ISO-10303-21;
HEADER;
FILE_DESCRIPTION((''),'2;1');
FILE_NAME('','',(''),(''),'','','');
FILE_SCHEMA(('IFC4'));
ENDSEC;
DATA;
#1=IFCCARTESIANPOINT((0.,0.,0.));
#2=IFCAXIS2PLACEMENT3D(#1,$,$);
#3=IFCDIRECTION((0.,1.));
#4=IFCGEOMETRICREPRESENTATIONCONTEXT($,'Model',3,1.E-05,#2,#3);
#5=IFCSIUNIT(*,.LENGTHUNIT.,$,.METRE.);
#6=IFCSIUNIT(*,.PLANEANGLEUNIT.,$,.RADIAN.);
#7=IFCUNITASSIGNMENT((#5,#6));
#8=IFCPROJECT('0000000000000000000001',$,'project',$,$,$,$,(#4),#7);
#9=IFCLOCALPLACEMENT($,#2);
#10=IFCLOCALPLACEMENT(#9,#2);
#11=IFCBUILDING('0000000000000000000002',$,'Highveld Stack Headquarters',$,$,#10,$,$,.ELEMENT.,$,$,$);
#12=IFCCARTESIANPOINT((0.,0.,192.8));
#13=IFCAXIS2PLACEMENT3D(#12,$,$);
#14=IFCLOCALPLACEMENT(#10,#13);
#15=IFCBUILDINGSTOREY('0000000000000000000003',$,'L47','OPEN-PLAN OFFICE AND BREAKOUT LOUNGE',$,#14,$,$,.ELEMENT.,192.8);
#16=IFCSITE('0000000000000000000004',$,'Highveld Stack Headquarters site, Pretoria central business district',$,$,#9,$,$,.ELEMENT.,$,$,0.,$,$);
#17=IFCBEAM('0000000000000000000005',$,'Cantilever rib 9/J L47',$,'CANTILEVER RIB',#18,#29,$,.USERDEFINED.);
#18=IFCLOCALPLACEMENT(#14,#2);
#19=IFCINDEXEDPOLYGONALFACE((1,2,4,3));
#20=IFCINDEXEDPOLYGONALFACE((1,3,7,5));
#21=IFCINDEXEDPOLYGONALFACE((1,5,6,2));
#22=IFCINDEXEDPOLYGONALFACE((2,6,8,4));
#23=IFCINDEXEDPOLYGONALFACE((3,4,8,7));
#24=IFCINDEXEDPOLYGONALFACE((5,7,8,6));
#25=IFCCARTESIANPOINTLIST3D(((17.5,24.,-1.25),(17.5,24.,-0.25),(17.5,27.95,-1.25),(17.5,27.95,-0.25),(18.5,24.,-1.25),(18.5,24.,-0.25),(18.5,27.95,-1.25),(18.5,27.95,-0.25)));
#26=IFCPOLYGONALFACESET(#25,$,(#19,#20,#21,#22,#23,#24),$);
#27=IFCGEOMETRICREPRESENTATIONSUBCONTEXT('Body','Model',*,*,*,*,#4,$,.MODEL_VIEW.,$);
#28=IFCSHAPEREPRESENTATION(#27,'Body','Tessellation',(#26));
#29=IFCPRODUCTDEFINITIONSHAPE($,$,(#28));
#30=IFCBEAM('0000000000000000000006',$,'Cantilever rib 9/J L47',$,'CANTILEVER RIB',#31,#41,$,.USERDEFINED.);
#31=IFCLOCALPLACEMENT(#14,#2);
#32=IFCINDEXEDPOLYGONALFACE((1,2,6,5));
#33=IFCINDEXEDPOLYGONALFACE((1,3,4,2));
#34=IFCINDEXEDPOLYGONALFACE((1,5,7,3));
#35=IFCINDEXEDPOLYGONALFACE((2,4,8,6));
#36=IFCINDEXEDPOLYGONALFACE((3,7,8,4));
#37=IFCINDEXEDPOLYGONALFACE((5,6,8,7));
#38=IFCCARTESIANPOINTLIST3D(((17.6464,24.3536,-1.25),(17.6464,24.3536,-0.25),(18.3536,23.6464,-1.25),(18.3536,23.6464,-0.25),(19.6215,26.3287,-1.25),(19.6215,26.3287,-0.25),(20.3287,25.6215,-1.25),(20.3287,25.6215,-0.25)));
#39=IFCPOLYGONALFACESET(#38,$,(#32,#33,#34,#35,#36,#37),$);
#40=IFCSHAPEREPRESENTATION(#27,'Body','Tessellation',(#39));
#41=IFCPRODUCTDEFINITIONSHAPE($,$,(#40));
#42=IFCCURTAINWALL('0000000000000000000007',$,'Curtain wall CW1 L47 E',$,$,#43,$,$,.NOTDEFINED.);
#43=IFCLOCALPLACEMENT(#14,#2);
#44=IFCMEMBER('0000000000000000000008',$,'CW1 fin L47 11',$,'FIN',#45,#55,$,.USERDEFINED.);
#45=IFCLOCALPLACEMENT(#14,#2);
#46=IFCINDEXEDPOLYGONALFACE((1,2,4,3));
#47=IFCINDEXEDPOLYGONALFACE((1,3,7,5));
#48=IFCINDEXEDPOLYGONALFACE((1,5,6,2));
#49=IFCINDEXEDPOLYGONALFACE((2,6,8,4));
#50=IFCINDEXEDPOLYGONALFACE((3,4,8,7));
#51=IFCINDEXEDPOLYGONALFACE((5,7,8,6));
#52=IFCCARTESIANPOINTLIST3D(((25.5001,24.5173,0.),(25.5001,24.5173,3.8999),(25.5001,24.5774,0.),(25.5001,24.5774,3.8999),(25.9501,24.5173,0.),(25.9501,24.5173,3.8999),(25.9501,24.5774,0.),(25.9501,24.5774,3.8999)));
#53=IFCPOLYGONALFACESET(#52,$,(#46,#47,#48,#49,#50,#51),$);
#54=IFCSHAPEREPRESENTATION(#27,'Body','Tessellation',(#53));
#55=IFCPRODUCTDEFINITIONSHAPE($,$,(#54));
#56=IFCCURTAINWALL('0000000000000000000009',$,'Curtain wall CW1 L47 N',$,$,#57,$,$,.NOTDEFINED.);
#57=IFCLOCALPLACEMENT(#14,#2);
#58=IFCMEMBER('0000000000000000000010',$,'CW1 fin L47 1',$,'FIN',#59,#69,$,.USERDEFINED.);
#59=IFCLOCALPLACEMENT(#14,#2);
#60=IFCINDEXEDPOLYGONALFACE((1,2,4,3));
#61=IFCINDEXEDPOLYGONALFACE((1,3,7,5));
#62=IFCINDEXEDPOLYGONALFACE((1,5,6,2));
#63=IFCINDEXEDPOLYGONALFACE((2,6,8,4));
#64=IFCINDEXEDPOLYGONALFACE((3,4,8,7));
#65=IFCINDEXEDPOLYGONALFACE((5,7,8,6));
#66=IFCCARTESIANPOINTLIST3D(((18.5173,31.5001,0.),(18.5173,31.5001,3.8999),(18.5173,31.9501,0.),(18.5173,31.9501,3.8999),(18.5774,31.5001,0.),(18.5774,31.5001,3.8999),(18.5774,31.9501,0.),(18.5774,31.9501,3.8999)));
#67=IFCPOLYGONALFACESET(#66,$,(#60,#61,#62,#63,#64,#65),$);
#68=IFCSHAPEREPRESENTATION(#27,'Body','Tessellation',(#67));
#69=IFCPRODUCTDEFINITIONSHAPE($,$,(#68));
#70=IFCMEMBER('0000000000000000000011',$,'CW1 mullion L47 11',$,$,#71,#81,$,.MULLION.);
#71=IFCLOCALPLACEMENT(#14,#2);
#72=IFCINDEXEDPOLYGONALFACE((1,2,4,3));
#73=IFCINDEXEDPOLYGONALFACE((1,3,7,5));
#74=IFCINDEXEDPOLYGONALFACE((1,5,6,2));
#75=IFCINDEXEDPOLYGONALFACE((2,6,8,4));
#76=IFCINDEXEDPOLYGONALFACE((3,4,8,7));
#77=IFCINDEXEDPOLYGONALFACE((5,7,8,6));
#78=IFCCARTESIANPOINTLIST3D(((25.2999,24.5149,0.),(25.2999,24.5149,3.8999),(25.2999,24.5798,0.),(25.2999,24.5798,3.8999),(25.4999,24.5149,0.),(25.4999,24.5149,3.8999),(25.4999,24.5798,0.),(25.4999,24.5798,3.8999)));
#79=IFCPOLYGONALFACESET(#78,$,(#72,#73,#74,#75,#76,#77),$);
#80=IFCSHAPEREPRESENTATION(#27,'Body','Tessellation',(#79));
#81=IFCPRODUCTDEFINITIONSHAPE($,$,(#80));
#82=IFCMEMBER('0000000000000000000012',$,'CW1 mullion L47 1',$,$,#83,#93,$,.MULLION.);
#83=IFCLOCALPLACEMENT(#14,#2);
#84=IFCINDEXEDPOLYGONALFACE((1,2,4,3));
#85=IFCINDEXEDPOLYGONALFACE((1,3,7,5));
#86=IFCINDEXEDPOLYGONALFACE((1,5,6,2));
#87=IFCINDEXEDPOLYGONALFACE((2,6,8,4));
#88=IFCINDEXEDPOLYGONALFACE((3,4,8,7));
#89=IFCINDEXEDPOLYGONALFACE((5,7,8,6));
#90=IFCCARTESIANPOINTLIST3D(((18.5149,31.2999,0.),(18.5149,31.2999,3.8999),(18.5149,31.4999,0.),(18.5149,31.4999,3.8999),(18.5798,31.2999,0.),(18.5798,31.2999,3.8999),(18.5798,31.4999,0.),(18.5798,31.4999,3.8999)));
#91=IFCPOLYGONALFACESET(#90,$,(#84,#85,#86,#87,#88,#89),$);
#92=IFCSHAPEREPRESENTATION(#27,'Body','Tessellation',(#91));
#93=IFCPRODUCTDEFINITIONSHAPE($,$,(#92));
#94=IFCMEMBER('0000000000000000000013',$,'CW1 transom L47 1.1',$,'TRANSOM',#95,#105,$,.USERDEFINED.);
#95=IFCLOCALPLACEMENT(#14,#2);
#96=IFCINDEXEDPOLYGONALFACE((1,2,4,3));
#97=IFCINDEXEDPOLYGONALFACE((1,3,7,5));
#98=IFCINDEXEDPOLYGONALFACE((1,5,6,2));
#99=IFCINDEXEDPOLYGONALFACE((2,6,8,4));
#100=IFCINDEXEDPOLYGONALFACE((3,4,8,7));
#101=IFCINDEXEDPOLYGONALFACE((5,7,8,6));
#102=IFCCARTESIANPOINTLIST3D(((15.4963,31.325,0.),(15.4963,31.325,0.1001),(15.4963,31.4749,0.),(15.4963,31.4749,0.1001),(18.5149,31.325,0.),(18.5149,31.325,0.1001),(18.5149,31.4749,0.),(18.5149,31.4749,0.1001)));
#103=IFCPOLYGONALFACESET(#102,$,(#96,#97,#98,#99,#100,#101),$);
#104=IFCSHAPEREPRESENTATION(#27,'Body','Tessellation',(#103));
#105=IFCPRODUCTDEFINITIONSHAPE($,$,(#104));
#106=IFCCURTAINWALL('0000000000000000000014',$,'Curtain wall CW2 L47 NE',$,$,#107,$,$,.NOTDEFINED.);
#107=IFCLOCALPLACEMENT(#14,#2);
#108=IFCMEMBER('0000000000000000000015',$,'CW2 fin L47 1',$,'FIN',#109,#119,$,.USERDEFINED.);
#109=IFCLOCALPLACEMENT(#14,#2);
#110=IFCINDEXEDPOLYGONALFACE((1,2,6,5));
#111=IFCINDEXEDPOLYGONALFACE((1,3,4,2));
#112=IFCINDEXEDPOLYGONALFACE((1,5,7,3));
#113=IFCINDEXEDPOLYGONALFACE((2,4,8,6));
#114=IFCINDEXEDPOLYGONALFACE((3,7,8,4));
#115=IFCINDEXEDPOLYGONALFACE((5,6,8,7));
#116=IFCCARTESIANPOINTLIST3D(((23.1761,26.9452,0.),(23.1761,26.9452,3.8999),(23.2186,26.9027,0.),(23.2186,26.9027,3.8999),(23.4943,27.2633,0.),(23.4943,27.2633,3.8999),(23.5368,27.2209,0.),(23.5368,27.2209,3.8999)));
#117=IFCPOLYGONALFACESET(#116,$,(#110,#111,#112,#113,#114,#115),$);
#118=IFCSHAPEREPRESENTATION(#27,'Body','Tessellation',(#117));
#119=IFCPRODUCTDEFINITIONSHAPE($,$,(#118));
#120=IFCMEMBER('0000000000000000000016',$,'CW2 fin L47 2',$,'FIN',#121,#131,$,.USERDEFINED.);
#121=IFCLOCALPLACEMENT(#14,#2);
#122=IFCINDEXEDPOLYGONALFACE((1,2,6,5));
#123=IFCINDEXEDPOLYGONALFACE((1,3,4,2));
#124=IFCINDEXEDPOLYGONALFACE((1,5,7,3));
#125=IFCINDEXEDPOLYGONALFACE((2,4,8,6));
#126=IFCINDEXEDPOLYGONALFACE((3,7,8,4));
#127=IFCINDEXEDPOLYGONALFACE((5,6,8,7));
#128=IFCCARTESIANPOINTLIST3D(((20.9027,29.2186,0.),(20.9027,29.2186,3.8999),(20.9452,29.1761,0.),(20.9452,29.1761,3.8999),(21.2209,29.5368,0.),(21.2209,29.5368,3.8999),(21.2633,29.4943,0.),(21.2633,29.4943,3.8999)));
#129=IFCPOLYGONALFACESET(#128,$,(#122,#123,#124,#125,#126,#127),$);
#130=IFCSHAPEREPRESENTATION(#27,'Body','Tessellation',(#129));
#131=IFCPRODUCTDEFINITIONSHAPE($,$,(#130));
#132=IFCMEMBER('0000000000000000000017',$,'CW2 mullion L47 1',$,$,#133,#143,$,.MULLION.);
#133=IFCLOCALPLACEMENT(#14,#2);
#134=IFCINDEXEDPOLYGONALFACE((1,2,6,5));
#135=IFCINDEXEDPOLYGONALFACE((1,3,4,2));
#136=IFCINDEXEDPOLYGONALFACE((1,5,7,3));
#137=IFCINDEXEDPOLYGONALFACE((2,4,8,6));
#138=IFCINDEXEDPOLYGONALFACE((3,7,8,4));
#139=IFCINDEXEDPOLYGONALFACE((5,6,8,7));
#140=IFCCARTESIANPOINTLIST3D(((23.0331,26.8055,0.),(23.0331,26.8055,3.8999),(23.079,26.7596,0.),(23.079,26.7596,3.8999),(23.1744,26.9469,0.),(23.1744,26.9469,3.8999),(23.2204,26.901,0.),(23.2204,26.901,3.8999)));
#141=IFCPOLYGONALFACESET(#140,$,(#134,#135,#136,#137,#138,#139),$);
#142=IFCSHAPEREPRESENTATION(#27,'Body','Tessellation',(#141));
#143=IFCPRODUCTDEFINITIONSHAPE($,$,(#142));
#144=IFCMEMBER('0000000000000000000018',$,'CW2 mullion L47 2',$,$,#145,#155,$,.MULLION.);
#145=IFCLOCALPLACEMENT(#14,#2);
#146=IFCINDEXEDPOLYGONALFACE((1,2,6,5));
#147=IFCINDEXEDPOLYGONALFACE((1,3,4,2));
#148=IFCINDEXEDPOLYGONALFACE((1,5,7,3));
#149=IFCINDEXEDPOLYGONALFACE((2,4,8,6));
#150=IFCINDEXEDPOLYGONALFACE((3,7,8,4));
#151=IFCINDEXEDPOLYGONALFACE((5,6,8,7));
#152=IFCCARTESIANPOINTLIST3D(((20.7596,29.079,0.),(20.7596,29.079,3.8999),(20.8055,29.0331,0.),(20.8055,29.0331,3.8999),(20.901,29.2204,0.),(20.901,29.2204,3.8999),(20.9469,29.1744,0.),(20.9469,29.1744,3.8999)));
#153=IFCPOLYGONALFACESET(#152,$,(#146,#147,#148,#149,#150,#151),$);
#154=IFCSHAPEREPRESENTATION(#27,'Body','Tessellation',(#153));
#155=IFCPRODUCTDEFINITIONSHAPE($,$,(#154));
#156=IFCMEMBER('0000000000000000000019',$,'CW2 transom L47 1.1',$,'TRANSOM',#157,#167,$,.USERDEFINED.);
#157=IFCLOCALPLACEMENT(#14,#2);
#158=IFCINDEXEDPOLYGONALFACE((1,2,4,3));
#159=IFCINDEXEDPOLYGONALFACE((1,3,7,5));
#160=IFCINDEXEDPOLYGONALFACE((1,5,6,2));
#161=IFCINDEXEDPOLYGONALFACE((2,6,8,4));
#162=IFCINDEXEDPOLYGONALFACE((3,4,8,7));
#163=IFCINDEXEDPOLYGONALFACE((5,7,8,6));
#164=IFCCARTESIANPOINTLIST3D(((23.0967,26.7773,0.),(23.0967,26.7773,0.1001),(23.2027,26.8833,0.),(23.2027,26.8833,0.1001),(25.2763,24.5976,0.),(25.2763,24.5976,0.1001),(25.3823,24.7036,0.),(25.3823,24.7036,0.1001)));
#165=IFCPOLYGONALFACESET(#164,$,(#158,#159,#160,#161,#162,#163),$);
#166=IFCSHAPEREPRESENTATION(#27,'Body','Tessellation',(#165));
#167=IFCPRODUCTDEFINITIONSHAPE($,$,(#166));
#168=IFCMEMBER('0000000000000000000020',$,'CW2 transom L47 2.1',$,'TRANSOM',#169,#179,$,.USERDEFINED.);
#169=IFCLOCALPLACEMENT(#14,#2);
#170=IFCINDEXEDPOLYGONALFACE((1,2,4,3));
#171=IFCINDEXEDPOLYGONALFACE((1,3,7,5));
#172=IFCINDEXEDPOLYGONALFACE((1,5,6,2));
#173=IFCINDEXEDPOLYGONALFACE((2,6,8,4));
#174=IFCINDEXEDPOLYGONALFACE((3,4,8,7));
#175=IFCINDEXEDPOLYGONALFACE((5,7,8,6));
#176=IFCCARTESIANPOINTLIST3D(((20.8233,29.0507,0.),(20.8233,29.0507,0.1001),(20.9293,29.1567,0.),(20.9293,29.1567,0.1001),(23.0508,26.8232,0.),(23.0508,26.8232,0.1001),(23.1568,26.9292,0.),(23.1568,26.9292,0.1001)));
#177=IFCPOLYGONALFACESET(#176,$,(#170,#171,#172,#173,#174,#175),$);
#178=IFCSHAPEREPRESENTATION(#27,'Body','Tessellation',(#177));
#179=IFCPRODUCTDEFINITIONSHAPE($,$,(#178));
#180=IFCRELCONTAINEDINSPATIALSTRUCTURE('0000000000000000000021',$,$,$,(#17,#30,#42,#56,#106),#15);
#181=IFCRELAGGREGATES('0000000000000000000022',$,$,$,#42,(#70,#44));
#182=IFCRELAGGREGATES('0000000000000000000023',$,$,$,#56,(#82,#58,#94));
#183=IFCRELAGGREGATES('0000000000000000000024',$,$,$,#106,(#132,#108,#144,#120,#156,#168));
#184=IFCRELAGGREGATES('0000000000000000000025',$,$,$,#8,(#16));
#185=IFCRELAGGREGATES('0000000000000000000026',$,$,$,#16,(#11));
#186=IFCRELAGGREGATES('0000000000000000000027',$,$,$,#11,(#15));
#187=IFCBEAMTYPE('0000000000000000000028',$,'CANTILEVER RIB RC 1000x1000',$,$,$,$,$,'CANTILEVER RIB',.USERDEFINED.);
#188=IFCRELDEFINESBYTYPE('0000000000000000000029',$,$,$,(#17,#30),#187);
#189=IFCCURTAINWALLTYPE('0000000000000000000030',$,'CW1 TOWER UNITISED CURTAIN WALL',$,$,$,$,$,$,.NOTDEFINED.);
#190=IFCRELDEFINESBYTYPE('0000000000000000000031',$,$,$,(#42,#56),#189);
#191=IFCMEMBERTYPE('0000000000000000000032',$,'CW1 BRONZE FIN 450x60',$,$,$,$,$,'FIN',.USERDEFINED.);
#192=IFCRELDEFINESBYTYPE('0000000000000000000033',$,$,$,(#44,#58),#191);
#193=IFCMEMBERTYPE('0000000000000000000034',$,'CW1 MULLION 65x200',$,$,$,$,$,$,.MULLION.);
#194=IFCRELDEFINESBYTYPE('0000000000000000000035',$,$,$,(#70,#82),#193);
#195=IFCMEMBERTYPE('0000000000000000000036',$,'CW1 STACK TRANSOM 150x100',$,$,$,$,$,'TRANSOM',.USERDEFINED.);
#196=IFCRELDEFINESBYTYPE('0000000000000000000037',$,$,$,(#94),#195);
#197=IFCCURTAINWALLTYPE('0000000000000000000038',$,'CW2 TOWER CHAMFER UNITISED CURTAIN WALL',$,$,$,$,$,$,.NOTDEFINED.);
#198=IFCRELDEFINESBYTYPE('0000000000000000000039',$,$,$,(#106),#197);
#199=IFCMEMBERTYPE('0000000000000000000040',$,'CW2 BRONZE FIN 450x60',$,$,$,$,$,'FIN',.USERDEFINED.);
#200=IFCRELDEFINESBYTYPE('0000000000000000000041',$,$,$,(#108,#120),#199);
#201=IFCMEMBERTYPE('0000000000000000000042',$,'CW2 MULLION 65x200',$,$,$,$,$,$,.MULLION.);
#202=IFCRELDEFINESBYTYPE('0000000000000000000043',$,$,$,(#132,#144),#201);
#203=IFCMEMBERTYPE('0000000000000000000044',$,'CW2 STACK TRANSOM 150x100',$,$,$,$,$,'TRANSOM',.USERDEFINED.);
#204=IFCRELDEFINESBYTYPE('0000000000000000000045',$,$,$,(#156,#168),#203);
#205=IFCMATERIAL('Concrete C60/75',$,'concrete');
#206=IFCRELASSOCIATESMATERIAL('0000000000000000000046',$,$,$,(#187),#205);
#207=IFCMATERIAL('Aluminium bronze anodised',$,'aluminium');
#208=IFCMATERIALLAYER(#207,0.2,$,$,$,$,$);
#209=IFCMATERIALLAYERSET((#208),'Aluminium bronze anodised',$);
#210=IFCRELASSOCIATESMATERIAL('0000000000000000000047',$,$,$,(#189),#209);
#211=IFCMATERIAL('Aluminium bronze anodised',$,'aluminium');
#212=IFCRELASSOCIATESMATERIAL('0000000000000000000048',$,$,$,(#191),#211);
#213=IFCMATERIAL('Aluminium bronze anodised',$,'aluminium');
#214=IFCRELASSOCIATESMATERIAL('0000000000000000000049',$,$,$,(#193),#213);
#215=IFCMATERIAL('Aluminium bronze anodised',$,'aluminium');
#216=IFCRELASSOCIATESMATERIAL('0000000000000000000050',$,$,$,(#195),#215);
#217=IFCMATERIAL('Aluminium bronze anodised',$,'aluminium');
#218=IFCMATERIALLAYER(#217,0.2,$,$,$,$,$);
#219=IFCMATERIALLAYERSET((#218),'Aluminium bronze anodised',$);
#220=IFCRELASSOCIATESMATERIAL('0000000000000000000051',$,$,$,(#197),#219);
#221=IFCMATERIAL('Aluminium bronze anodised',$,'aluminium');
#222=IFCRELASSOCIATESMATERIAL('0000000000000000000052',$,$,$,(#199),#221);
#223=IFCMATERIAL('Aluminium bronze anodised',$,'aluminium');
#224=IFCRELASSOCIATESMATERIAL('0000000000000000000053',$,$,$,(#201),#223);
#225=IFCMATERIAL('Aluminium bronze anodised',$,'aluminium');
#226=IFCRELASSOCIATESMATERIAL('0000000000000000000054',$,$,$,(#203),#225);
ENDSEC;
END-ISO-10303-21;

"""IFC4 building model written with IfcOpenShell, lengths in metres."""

from ifc_helpers import new_model, si_unit, direction, frame, origin, origin_2d, place, context, subcontext, project, spatial, rectangle, extrude, material, layer, layer_set, material_profile, profile_set, type_object, element, aggregate, save


model = new_model("IFC4")

# Units and contexts
model_context = context("Model", 3, precision=1e-05, world=origin(), true_north=direction((0.0, 1.0)))
body_context = subcontext(model_context, "Body", "Model", "MODEL_VIEW")
ifc_project = project(units=[si_unit("LENGTHUNIT", "METRE"), si_unit("PLANEANGLEUNIT", "RADIAN")], contexts=[model_context])

# Site, building, storey
site_placement = place(None, origin())
site = spatial("IfcSite", under=ifc_project, at=site_placement, Name="Highveld Stack Headquarters site, Pretoria central business district", CompositionType="ELEMENT", RefElevation=0.0)
building_placement = place(site_placement, origin())
building = spatial("IfcBuilding", under=site, at=building_placement, Name="Highveld Stack Headquarters", CompositionType="ELEMENT")
storey_placement = place(building_placement, frame((0.0, 0.0, 192.8)))
storey = spatial("IfcBuildingStorey", under=building, at=storey_placement, Name="L47", Description="OPEN-PLAN OFFICE AND BREAKOUT LOUNGE", CompositionType="ELEMENT", Elevation=192.8)

# Beams
ifc_material_1 = material(Name="Concrete C60/75", Category="concrete")
ifc_material_profile_1 = material_profile(ifc_material_1, rectangle(XDim=1.0, YDim=1.0, at=origin_2d()), Name="RC 1000x1000")
ifc_profile_set_1 = profile_set([ifc_material_profile_1], Name="Concrete C60/75")
beam_type_1 = type_object("IfcBeamType", Name="CANTILEVER RIB RC 1000x1000", ElementType="CANTILEVER RIB", PredefinedType="USERDEFINED", material=ifc_profile_set_1)
beam_1_placement = place(storey_placement, frame((18.0, 24.0, -0.75), z_axis=(0.0, 1.0, 0.0), x_axis=(-1.0, 0.0, 0.0)))
element("IfcBeam", 1, at=beam_1_placement, inside=storey, type_object=beam_type_1, Name="Cantilever rib 9/J L47", ObjectType="CANTILEVER RIB", PredefinedType="USERDEFINED", context=body_context, shape_type="SweptSolid", body=[
    extrude(rectangle(XDim=1.0, YDim=1.0, at=origin_2d()), origin(), (0.0, 0.0, 1.0), 3.95),
])
beam_2_placement = place(storey_placement, frame((18.0, 24.0, -0.75), z_axis=(0.707107, 0.707107, 0.0), x_axis=(-0.707107, 0.707107, 0.0)))
element("IfcBeam", 2, at=beam_2_placement, inside=storey, type_object=beam_type_1, Name="Cantilever rib 9/J L47", ObjectType="CANTILEVER RIB", PredefinedType="USERDEFINED", context=body_context, shape_type="SweptSolid", body=[
    extrude(rectangle(XDim=1.0, YDim=1.0, at=origin_2d()), origin(), (0.0, 0.0, 1.0), 2.7932),
])

# Curtain walls, members
ifc_material_2 = material(Name="Aluminium bronze anodised", Category="aluminium")
ifc_layer_1 = layer(ifc_material_2, 0.2)
ifc_layer_set_1 = layer_set([ifc_layer_1], Name="Aluminium bronze anodised")
curtain_wall_type_1 = type_object("IfcCurtainWallType", Name="CW1 TOWER UNITISED CURTAIN WALL", PredefinedType="NOTDEFINED", material=ifc_layer_set_1)
curtain_wall_1_placement = place(storey_placement, origin())
curtain_wall_1 = element("IfcCurtainWall", 3, at=curtain_wall_1_placement, inside=storey, type_object=curtain_wall_type_1, Name="Curtain wall CW1 L47 E", PredefinedType="NOTDEFINED")
ifc_material_3 = material(Name="Aluminium bronze anodised", Category="aluminium")
ifc_material_profile_2 = material_profile(ifc_material_3, rectangle(XDim=0.45, YDim=0.0601, at=origin_2d()), Name="FIN 450x60")
ifc_profile_set_2 = profile_set([ifc_material_profile_2], Name="Aluminium bronze anodised")
member_type_1 = type_object("IfcMemberType", Name="CW1 BRONZE FIN 450x60", ElementType="FIN", PredefinedType="USERDEFINED", material=ifc_profile_set_2)
member_1_placement = place(storey_placement, frame((25.7251, 24.5474, 0.0), z_axis=(0.0, 0.0, 1.0), x_axis=(-1.0, 0.0, 0.0)))
member_1 = element("IfcMember", 4, at=member_1_placement, type_object=member_type_1, Name="CW1 fin L47 11", ObjectType="FIN", PredefinedType="USERDEFINED", context=body_context, shape_type="SweptSolid", body=[
    extrude(rectangle(XDim=0.45, YDim=0.0601, at=origin_2d()), origin(), (0.0, 0.0, 1.0), 3.8999),
])
curtain_wall_2_placement = place(storey_placement, origin())
curtain_wall_2 = element("IfcCurtainWall", 5, at=curtain_wall_2_placement, inside=storey, type_object=curtain_wall_type_1, Name="Curtain wall CW1 L47 N", PredefinedType="NOTDEFINED")
member_2_placement = place(storey_placement, frame((18.5474, 31.7251, 0.0), z_axis=(0.0, 0.0, 1.0), x_axis=(0.0, -1.0, 0.0)))
member_2 = element("IfcMember", 6, at=member_2_placement, type_object=member_type_1, Name="CW1 fin L47 1", ObjectType="FIN", PredefinedType="USERDEFINED", context=body_context, shape_type="SweptSolid", body=[
    extrude(rectangle(XDim=0.45, YDim=0.0601, at=origin_2d()), origin(), (0.0, 0.0, 1.0), 3.8999),
])

# Members
ifc_material_4 = material(Name="Aluminium bronze anodised", Category="aluminium")
ifc_material_profile_3 = material_profile(ifc_material_4, rectangle(XDim=0.2, YDim=0.0649, at=origin_2d()), Name="CW1 MULLION 65x200")
ifc_profile_set_3 = profile_set([ifc_material_profile_3], Name="Aluminium bronze anodised")
member_type_2 = type_object("IfcMemberType", Name="CW1 MULLION 65x200", PredefinedType="MULLION", material=ifc_profile_set_3)
member_3_placement = place(storey_placement, frame((25.3999, 24.5474, 0.0), z_axis=(0.0, 0.0, 1.0), x_axis=(-1.0, 0.0, 0.0)))
member_3 = element("IfcMember", 7, at=member_3_placement, type_object=member_type_2, Name="CW1 mullion L47 11", PredefinedType="MULLION", context=body_context, shape_type="SweptSolid", body=[
    extrude(rectangle(XDim=0.2, YDim=0.0649, at=origin_2d()), origin(), (0.0, 0.0, 1.0), 3.8999),
])
aggregate(curtain_wall_1, [member_3, member_1])
member_4_placement = place(storey_placement, frame((18.5474, 31.3999, 0.0), z_axis=(0.0, 0.0, 1.0), x_axis=(0.0, -1.0, 0.0)))
member_4 = element("IfcMember", 8, at=member_4_placement, type_object=member_type_2, Name="CW1 mullion L47 1", PredefinedType="MULLION", context=body_context, shape_type="SweptSolid", body=[
    extrude(rectangle(XDim=0.2, YDim=0.0649, at=origin_2d()), origin(), (0.0, 0.0, 1.0), 3.8999),
])
ifc_material_5 = material(Name="Aluminium bronze anodised", Category="aluminium")
ifc_material_profile_4 = material_profile(ifc_material_5, rectangle(XDim=0.1499, YDim=0.1001, at=origin_2d()), Name="CW1 TRANSOM 150x100")
ifc_profile_set_4 = profile_set([ifc_material_profile_4], Name="Aluminium bronze anodised")
member_type_3 = type_object("IfcMemberType", Name="CW1 STACK TRANSOM 150x100", ElementType="TRANSOM", PredefinedType="USERDEFINED", material=ifc_profile_set_4)
member_5_placement = place(storey_placement, frame((18.5149, 31.3999, 0.05), z_axis=(-1.0, 0.0, 0.0), x_axis=(0.0, -1.0, 0.0)))
member_5 = element("IfcMember", 9, at=member_5_placement, type_object=member_type_3, Name="CW1 transom L47 1.1", ObjectType="TRANSOM", PredefinedType="USERDEFINED", context=body_context, shape_type="SweptSolid", body=[
    extrude(rectangle(XDim=0.1499, YDim=0.1001, at=origin_2d()), origin(), (0.0, 0.0, 1.0), 3.0186),
])
aggregate(curtain_wall_2, [member_4, member_2, member_5])

# Curtain wall, members
ifc_material_6 = material(Name="Aluminium bronze anodised", Category="aluminium")
ifc_layer_2 = layer(ifc_material_6, 0.2)
ifc_layer_set_2 = layer_set([ifc_layer_2], Name="Aluminium bronze anodised")
curtain_wall_type_2 = type_object("IfcCurtainWallType", Name="CW2 TOWER CHAMFER UNITISED CURTAIN WALL", PredefinedType="NOTDEFINED", material=ifc_layer_set_2)
curtain_wall_3_placement = place(storey_placement, origin())
curtain_wall_3 = element("IfcCurtainWall", 10, at=curtain_wall_3_placement, inside=storey, type_object=curtain_wall_type_2, Name="Curtain wall CW2 L47 NE", PredefinedType="NOTDEFINED")
ifc_material_7 = material(Name="Aluminium bronze anodised", Category="aluminium")
ifc_material_profile_5 = material_profile(ifc_material_7, rectangle(XDim=0.45, YDim=0.0601, at=origin_2d()), Name="FIN 450x60")
ifc_profile_set_5 = profile_set([ifc_material_profile_5], Name="Aluminium bronze anodised")
member_type_4 = type_object("IfcMemberType", Name="CW2 BRONZE FIN 450x60", ElementType="FIN", PredefinedType="USERDEFINED", material=ifc_profile_set_5)
member_6_placement = place(storey_placement, frame((23.3564, 27.083, 0.0), z_axis=(0.0, 0.0, 1.0), x_axis=(-0.707107, -0.707107, 0.0)))
member_6 = element("IfcMember", 11, at=member_6_placement, type_object=member_type_4, Name="CW2 fin L47 1", ObjectType="FIN", PredefinedType="USERDEFINED", context=body_context, shape_type="SweptSolid", body=[
    extrude(rectangle(XDim=0.45, YDim=0.0601, at=origin_2d()), origin(), (0.0, 0.0, 1.0), 3.8999),
])
member_7_placement = place(storey_placement, frame((21.083, 29.3564, 0.0), z_axis=(0.0, 0.0, 1.0), x_axis=(-0.707107, -0.707107, 0.0)))
member_7 = element("IfcMember", 12, at=member_7_placement, type_object=member_type_4, Name="CW2 fin L47 2", ObjectType="FIN", PredefinedType="USERDEFINED", context=body_context, shape_type="SweptSolid", body=[
    extrude(rectangle(XDim=0.45, YDim=0.0601, at=origin_2d()), origin(), (0.0, 0.0, 1.0), 3.8999),
])
ifc_material_8 = material(Name="Aluminium bronze anodised", Category="aluminium")
ifc_material_profile_6 = material_profile(ifc_material_8, rectangle(XDim=0.2, YDim=0.0649, at=origin_2d()), Name="CW2 MULLION 65x200")
ifc_profile_set_6 = profile_set([ifc_material_profile_6], Name="Aluminium bronze anodised")
member_type_5 = type_object("IfcMemberType", Name="CW2 MULLION 65x200", PredefinedType="MULLION", material=ifc_profile_set_6)
member_8_placement = place(storey_placement, frame((23.1267, 26.8533, 0.0), z_axis=(0.0, 0.0, 1.0), x_axis=(-0.707107, -0.707107, 0.0)))
member_8 = element("IfcMember", 13, at=member_8_placement, type_object=member_type_5, Name="CW2 mullion L47 1", PredefinedType="MULLION", context=body_context, shape_type="SweptSolid", body=[
    extrude(rectangle(XDim=0.2, YDim=0.0649, at=origin_2d()), origin(), (0.0, 0.0, 1.0), 3.8999),
])
member_9_placement = place(storey_placement, frame((20.8533, 29.1267, 0.0), z_axis=(0.0, 0.0, 1.0), x_axis=(-0.707107, -0.707107, 0.0)))
member_9 = element("IfcMember", 14, at=member_9_placement, type_object=member_type_5, Name="CW2 mullion L47 2", PredefinedType="MULLION", context=body_context, shape_type="SweptSolid", body=[
    extrude(rectangle(XDim=0.2, YDim=0.0649, at=origin_2d()), origin(), (0.0, 0.0, 1.0), 3.8999),
])
ifc_material_9 = material(Name="Aluminium bronze anodised", Category="aluminium")
ifc_material_profile_7 = material_profile(ifc_material_9, rectangle(XDim=0.1499, YDim=0.1001, at=origin_2d()), Name="CW2 TRANSOM 150x100")
ifc_profile_set_7 = profile_set([ifc_material_profile_7], Name="Aluminium bronze anodised")
member_type_6 = type_object("IfcMemberType", Name="CW2 STACK TRANSOM 150x100", ElementType="TRANSOM", PredefinedType="USERDEFINED", material=ifc_profile_set_7)
member_10_placement = place(storey_placement, frame((25.3293, 24.6506, 0.05), z_axis=(-0.707107, 0.707107, 0.0), x_axis=(-0.707107, -0.707107, 0.0)))
member_10 = element("IfcMember", 15, at=member_10_placement, type_object=member_type_6, Name="CW2 transom L47 1.1", ObjectType="TRANSOM", PredefinedType="USERDEFINED", context=body_context, shape_type="SweptSolid", body=[
    extrude(rectangle(XDim=0.1499, YDim=0.1001, at=origin_2d()), origin(), (0.0, 0.0, 1.0), 3.0825),
])
member_11_placement = place(storey_placement, frame((23.1038, 26.8762, 0.05), z_axis=(-0.707107, 0.707107, 0.0), x_axis=(-0.707107, -0.707107, 0.0)))
member_11 = element("IfcMember", 16, at=member_11_placement, type_object=member_type_6, Name="CW2 transom L47 2.1", ObjectType="TRANSOM", PredefinedType="USERDEFINED", context=body_context, shape_type="SweptSolid", body=[
    extrude(rectangle(XDim=0.1499, YDim=0.1001, at=origin_2d()), origin(), (0.0, 0.0, 1.0), 3.1501),
])

aggregate(curtain_wall_3, [member_8, member_6, member_9, member_7, member_10, member_11])

save(model, "model.ifc")
